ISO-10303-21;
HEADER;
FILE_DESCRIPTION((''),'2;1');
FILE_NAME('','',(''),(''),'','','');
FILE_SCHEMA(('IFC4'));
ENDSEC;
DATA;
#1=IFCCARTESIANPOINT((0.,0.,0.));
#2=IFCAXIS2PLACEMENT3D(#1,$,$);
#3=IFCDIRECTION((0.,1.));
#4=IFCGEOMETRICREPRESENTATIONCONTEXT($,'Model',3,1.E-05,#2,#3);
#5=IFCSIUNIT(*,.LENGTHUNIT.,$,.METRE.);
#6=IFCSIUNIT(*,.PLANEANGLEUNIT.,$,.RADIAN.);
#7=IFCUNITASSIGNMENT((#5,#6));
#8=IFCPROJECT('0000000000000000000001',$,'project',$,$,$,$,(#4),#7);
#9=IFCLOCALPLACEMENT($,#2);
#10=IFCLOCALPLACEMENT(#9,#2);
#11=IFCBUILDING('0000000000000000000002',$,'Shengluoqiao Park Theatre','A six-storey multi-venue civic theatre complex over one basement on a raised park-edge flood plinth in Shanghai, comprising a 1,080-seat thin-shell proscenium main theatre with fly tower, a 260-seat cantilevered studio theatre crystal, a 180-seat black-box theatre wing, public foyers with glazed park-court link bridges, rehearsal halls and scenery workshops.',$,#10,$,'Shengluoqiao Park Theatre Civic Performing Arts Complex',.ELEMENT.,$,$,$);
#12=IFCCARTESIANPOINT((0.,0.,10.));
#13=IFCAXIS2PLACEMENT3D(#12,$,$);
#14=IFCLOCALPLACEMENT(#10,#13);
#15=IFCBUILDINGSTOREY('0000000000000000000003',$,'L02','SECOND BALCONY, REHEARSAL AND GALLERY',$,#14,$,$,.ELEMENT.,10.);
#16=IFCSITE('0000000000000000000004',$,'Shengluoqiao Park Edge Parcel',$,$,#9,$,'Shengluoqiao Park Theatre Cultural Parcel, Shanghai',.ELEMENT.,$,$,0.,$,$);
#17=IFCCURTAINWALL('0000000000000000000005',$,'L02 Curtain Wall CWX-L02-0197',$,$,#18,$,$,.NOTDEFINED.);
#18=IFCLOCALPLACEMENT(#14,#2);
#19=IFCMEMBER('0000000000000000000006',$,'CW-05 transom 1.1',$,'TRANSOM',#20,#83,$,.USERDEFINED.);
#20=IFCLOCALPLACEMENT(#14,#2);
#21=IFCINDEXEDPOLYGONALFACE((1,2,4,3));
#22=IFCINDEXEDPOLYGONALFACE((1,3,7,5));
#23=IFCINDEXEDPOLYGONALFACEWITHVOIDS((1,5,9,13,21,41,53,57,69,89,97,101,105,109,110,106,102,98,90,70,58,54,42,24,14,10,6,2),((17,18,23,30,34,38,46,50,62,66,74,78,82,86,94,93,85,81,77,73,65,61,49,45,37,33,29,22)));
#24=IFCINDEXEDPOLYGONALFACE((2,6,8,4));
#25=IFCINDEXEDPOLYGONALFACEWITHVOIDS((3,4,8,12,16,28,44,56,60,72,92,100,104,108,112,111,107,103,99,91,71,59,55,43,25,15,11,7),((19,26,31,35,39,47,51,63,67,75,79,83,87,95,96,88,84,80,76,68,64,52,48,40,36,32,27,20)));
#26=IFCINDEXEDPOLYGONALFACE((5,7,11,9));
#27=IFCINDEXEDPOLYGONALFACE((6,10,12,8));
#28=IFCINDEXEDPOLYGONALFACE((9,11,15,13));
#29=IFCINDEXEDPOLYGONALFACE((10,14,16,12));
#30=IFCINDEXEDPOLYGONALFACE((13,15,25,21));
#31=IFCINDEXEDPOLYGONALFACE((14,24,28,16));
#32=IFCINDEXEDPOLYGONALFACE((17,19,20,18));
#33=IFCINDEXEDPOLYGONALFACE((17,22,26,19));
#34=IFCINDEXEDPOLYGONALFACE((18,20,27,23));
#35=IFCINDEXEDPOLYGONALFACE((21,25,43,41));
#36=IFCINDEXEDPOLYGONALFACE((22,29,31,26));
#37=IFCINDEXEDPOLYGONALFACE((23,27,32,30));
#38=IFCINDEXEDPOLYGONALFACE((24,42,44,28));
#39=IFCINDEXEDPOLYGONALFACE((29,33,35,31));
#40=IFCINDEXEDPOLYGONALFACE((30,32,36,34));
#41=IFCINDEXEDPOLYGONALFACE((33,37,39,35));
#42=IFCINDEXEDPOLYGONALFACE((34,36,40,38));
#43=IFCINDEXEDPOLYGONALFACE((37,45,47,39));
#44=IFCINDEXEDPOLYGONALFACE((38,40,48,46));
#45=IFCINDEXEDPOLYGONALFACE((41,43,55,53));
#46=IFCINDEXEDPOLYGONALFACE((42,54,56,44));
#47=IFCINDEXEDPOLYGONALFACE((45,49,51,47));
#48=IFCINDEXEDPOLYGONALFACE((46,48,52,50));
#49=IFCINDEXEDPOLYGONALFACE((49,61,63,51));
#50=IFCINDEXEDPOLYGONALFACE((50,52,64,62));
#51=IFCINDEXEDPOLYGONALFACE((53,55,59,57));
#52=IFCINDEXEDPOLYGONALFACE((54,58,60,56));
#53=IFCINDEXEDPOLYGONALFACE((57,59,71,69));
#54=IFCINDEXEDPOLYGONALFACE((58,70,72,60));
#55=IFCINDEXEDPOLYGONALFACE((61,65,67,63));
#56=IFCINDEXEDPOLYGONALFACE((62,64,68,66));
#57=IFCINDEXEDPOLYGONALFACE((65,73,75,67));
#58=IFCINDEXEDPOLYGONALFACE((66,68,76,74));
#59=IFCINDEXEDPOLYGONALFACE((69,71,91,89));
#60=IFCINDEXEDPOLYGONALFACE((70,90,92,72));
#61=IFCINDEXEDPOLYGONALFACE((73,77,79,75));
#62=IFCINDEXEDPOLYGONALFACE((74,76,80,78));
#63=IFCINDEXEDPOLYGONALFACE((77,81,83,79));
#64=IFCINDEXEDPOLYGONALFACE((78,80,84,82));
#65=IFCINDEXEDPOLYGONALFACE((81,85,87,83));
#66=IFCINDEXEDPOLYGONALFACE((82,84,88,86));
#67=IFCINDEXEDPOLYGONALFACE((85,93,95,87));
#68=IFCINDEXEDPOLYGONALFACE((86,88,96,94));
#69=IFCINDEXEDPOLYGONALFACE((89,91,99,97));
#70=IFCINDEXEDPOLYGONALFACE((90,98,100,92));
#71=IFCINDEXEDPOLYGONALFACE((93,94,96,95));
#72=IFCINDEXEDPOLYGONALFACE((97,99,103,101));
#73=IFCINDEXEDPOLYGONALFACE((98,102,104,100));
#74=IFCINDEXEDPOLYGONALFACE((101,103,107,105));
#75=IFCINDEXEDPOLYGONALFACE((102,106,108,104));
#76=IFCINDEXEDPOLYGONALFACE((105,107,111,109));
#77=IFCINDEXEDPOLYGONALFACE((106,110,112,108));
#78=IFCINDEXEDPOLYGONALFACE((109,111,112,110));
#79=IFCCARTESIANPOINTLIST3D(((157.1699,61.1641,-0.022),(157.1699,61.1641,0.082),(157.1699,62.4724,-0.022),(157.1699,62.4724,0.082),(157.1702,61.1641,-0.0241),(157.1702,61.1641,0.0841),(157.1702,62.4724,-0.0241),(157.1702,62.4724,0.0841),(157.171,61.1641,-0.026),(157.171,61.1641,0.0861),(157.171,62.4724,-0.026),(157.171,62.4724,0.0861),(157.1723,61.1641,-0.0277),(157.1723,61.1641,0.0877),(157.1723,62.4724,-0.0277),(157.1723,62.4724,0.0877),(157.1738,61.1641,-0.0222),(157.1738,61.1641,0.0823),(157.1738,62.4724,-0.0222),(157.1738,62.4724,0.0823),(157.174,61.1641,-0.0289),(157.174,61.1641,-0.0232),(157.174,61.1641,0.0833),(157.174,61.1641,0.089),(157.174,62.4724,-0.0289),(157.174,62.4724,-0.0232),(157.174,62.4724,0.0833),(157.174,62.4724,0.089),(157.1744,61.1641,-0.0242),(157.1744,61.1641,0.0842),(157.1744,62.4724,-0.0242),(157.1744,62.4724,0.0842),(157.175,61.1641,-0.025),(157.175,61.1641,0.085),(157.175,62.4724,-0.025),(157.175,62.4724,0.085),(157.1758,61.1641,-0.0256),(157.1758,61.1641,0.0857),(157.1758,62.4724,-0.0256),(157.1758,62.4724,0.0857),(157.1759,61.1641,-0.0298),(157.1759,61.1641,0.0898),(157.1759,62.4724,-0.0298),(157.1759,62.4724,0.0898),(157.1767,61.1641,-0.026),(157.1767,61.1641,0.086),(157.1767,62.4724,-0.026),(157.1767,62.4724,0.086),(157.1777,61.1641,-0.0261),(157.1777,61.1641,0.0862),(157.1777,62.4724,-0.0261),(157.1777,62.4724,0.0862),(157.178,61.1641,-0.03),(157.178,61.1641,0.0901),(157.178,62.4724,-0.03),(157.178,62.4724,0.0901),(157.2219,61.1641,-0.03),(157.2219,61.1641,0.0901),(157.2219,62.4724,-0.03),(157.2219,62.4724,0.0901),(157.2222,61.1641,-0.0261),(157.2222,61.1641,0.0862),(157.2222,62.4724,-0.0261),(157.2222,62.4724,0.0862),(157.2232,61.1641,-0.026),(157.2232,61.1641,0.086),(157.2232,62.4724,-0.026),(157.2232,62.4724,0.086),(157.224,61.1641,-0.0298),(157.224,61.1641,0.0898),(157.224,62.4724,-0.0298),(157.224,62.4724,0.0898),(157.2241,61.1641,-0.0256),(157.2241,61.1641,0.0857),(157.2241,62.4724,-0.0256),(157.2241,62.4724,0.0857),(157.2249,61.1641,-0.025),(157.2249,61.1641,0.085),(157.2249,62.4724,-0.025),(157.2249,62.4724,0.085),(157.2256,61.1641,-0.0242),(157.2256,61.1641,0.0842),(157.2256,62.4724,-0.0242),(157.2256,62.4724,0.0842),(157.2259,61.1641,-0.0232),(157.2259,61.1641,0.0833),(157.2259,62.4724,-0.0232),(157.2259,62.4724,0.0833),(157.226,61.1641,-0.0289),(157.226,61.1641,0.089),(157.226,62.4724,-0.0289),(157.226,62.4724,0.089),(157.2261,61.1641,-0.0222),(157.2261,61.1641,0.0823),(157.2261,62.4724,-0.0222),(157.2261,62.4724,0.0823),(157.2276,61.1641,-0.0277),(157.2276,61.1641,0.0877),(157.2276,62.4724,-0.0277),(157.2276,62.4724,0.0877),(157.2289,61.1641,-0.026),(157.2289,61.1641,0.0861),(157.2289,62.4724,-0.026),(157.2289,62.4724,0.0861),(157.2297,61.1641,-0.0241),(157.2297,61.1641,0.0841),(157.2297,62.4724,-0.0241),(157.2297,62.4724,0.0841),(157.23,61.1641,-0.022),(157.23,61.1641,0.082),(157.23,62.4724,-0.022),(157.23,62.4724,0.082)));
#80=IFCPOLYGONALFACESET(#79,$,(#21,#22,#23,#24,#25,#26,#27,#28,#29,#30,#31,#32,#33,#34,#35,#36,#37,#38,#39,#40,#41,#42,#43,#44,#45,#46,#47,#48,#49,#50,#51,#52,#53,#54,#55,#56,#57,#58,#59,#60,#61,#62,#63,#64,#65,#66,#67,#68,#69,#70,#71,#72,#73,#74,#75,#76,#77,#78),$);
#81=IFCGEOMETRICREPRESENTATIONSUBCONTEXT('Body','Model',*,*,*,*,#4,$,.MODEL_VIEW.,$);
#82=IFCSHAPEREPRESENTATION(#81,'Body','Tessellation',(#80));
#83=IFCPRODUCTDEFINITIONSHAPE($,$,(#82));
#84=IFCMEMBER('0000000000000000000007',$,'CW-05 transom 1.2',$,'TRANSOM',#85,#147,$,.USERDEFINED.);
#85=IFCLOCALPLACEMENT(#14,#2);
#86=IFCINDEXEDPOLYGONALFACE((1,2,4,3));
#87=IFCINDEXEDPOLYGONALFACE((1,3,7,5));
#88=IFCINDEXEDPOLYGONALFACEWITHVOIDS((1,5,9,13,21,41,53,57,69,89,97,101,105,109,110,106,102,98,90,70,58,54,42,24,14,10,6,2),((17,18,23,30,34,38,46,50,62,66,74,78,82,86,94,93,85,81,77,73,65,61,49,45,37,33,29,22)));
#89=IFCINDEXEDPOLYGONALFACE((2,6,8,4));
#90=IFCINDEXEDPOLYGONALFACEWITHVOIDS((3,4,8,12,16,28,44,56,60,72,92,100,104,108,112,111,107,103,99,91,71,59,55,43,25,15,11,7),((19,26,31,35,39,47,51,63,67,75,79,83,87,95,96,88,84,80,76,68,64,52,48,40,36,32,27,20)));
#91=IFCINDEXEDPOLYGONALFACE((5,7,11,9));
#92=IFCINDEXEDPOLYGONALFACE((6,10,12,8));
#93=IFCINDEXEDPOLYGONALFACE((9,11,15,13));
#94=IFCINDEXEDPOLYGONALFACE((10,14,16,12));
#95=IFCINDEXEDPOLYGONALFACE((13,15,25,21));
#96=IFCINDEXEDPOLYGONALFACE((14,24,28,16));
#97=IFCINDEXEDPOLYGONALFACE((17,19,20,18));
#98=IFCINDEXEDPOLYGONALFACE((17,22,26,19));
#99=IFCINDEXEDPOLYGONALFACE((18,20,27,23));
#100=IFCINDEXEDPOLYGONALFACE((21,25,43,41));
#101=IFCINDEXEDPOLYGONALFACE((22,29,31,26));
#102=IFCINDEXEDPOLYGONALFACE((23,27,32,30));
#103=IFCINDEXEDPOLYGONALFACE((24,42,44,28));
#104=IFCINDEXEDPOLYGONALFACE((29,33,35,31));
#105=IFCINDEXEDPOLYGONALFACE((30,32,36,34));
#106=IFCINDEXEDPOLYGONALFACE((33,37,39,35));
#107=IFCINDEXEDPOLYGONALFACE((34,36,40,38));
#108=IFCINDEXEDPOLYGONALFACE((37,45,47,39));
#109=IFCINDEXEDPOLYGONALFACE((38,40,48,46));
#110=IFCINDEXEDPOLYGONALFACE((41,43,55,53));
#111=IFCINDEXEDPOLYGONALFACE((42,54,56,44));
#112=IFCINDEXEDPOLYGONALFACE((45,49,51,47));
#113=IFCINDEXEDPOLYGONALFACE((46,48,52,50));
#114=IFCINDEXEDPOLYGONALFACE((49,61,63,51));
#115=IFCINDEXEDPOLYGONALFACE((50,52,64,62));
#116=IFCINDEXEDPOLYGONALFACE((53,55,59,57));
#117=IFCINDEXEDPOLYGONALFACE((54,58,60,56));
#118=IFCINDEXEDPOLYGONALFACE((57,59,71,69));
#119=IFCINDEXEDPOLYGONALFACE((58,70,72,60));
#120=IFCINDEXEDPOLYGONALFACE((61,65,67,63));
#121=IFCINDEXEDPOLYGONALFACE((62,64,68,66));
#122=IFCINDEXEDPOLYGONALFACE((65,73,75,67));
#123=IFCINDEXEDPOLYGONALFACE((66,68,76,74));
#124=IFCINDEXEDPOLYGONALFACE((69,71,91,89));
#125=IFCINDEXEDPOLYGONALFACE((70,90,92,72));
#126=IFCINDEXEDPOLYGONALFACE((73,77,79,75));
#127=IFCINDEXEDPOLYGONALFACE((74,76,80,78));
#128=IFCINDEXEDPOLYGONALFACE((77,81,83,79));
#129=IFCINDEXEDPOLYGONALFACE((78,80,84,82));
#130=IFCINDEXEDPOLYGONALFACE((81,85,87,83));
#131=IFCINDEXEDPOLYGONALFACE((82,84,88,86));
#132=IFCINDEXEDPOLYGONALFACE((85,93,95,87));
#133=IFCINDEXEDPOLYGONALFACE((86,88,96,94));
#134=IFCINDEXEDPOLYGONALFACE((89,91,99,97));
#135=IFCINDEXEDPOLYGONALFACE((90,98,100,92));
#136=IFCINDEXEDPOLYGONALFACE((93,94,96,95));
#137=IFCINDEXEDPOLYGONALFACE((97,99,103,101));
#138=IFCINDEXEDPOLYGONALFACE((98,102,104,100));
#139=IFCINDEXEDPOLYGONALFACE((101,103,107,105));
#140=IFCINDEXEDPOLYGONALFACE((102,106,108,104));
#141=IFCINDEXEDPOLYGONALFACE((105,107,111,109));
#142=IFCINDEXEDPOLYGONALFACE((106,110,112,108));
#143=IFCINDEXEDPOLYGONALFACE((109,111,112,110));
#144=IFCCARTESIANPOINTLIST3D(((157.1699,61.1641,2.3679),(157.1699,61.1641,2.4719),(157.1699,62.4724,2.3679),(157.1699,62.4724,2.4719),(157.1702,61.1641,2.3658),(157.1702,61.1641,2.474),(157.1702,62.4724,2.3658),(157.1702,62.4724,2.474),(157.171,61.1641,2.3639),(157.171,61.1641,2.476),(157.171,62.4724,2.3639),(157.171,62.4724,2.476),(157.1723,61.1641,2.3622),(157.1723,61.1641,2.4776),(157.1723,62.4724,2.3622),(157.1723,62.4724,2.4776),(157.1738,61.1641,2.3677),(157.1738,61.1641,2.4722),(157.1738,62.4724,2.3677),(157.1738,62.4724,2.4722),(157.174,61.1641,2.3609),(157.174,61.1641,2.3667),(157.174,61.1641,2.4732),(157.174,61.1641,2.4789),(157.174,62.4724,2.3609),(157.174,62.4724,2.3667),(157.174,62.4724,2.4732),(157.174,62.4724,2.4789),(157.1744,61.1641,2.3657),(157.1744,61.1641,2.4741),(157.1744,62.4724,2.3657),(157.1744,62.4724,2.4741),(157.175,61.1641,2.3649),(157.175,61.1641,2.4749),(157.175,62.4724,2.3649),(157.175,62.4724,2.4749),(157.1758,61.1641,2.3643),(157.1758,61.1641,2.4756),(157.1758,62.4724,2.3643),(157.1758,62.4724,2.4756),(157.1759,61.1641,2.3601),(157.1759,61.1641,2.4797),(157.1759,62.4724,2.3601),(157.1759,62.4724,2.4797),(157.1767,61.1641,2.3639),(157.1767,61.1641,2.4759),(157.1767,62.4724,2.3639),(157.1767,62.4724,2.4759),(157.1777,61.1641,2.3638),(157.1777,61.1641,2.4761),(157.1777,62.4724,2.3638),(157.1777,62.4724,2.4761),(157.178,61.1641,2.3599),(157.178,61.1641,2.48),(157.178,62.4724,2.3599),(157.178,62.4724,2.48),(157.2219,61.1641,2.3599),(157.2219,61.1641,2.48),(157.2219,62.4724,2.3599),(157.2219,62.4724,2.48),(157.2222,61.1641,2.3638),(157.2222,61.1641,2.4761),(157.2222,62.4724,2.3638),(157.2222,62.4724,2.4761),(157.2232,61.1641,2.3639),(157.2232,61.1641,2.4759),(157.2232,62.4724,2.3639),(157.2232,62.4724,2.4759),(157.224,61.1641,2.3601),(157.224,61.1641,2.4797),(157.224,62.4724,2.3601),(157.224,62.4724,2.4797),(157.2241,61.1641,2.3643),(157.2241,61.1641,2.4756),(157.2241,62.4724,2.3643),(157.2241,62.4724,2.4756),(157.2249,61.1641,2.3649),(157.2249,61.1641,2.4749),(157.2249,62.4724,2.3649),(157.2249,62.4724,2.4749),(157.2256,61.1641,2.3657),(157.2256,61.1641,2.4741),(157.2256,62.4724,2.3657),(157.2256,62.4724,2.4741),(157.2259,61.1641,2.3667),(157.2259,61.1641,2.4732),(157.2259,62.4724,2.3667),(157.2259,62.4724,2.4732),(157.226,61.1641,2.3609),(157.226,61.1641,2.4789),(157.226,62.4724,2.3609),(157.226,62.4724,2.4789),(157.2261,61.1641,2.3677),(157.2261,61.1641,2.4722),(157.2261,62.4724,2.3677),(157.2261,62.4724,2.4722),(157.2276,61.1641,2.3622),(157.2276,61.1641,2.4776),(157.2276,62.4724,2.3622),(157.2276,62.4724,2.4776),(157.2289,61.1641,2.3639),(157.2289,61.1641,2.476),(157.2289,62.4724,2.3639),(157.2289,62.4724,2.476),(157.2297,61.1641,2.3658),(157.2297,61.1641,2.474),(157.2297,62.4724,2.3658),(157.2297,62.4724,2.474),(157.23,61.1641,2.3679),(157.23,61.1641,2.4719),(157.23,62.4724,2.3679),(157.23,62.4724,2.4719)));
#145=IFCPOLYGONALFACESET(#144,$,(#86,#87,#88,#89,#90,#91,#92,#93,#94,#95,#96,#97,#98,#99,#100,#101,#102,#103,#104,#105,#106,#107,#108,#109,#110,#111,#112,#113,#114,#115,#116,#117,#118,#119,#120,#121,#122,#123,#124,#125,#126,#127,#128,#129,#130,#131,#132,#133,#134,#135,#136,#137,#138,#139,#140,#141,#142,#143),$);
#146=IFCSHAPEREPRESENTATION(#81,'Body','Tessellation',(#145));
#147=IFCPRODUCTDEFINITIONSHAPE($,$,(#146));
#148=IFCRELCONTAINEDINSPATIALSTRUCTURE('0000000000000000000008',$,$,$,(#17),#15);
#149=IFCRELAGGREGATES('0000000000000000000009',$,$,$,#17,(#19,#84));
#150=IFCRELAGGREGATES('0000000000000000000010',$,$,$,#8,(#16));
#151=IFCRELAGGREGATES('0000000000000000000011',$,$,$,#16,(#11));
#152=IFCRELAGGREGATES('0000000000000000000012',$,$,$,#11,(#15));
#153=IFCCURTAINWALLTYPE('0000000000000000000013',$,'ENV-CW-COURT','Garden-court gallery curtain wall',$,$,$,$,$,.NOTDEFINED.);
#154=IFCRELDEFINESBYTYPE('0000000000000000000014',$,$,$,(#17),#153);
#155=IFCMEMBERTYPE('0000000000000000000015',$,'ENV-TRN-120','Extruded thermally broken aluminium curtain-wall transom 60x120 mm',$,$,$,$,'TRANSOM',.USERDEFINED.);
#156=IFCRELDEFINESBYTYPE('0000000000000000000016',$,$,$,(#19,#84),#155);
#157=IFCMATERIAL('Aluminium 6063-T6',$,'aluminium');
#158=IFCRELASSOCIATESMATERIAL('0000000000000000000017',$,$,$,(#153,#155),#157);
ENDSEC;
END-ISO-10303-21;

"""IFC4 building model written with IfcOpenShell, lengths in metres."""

from ifc_helpers import new_model, si_unit, direction, frame, origin, origin_2d, place, context, subcontext, project, spatial, hollow_rectangle, extrude, material, material_profile, profile_set, type_object, element, aggregate, save


model = new_model("IFC4")

# Units and contexts
model_context = context("Model", 3, precision=1e-05, world=origin(), true_north=direction((0.0, 1.0)))
body_context = subcontext(model_context, "Body", "Model", "MODEL_VIEW")
ifc_project = project(units=[si_unit("LENGTHUNIT", "METRE"), si_unit("PLANEANGLEUNIT", "RADIAN")], contexts=[model_context])

# Site, building, storey
site_placement = place(None, origin())
site = spatial("IfcSite", under=ifc_project, at=site_placement, Name="Shengluoqiao Park Edge Parcel", LongName="Shengluoqiao Park Theatre Cultural Parcel, Shanghai", CompositionType="ELEMENT", RefElevation=0.0)
building_placement = place(site_placement, origin())
building = spatial("IfcBuilding", under=site, at=building_placement, Name="Shengluoqiao Park Theatre", Description="A six-storey multi-venue civic theatre complex over one basement on a raised park-edge flood plinth in Shanghai, comprising a 1,080-seat thin-shell proscenium main theatre with fly tower, a 260-seat cantilevered studio theatre crystal, a 180-seat black-box theatre wing, public foyers with glazed park-court link bridges, rehearsal halls and scenery workshops.", LongName="Shengluoqiao Park Theatre Civic Performing Arts Complex", CompositionType="ELEMENT")
storey_placement = place(building_placement, frame((0.0, 0.0, 10.0)))
storey = spatial("IfcBuildingStorey", under=building, at=storey_placement, Name="L02", Description="SECOND BALCONY, REHEARSAL AND GALLERY", CompositionType="ELEMENT", Elevation=10.0)

# Shared definitions
ifc_material_1 = material(Name="Aluminium 6063-T6", Category="aluminium")
curtain_wall_type = type_object("IfcCurtainWallType", Name="ENV-CW-COURT", Description="Garden-court gallery curtain wall", PredefinedType="NOTDEFINED", material=ifc_material_1)

# Curtain wall, members
curtain_wall_1_placement = place(storey_placement, origin())
curtain_wall_1 = element("IfcCurtainWall", 1, at=curtain_wall_1_placement, inside=storey, type_object=curtain_wall_type, Name="L02 Curtain Wall CWX-L02-0197", PredefinedType="NOTDEFINED")
ifc_material_profile_1 = material_profile(ifc_material_1, hollow_rectangle(XDim=0.0601, YDim=0.1201, WallThickness=0.0039, InnerFilletRadius=0.0039, OuterFilletRadius=0.0081, at=origin_2d()), Name="ALU TRANSOM 120x60x4")
ifc_profile_set_1 = profile_set([ifc_material_profile_1], Name="Aluminium 6063-T6")
member_type_1 = type_object("IfcMemberType", Name="ENV-TRN-120", Description="Extruded thermally broken aluminium curtain-wall transom 60x120 mm", ElementType="TRANSOM", PredefinedType="USERDEFINED", material=ifc_profile_set_1)
member_1_placement = place(storey_placement, frame((157.2, 61.1641, 0.03), z_axis=(0.0, 1.0, 0.0), x_axis=(-1.0, 0.0, 0.0)))
member_1 = element("IfcMember", 2, at=member_1_placement, type_object=member_type_1, Name="CW-05 transom 1.1", ObjectType="TRANSOM", PredefinedType="USERDEFINED", context=body_context, shape_type="SweptSolid", body=[
    extrude(hollow_rectangle(XDim=0.0601, YDim=0.1201, WallThickness=0.0039, InnerFilletRadius=0.0039, OuterFilletRadius=0.0081, at=origin_2d()), origin(), (0.0, 0.0, 1.0), 1.3083),
])
member_2_placement = place(storey_placement, frame((157.2, 61.1641, 2.4199), z_axis=(0.0, 1.0, 0.0), x_axis=(-1.0, 0.0, 0.0)))
member_2 = element("IfcMember", 3, at=member_2_placement, type_object=member_type_1, Name="CW-05 transom 1.2", ObjectType="TRANSOM", PredefinedType="USERDEFINED", context=body_context, shape_type="SweptSolid", body=[
    extrude(hollow_rectangle(XDim=0.0601, YDim=0.1201, WallThickness=0.0039, InnerFilletRadius=0.0039, OuterFilletRadius=0.0081, at=origin_2d()), origin(), (0.0, 0.0, 1.0), 1.3083),
])

aggregate(curtain_wall_1, [member_1, member_2])

save(model, "model.ifc")
